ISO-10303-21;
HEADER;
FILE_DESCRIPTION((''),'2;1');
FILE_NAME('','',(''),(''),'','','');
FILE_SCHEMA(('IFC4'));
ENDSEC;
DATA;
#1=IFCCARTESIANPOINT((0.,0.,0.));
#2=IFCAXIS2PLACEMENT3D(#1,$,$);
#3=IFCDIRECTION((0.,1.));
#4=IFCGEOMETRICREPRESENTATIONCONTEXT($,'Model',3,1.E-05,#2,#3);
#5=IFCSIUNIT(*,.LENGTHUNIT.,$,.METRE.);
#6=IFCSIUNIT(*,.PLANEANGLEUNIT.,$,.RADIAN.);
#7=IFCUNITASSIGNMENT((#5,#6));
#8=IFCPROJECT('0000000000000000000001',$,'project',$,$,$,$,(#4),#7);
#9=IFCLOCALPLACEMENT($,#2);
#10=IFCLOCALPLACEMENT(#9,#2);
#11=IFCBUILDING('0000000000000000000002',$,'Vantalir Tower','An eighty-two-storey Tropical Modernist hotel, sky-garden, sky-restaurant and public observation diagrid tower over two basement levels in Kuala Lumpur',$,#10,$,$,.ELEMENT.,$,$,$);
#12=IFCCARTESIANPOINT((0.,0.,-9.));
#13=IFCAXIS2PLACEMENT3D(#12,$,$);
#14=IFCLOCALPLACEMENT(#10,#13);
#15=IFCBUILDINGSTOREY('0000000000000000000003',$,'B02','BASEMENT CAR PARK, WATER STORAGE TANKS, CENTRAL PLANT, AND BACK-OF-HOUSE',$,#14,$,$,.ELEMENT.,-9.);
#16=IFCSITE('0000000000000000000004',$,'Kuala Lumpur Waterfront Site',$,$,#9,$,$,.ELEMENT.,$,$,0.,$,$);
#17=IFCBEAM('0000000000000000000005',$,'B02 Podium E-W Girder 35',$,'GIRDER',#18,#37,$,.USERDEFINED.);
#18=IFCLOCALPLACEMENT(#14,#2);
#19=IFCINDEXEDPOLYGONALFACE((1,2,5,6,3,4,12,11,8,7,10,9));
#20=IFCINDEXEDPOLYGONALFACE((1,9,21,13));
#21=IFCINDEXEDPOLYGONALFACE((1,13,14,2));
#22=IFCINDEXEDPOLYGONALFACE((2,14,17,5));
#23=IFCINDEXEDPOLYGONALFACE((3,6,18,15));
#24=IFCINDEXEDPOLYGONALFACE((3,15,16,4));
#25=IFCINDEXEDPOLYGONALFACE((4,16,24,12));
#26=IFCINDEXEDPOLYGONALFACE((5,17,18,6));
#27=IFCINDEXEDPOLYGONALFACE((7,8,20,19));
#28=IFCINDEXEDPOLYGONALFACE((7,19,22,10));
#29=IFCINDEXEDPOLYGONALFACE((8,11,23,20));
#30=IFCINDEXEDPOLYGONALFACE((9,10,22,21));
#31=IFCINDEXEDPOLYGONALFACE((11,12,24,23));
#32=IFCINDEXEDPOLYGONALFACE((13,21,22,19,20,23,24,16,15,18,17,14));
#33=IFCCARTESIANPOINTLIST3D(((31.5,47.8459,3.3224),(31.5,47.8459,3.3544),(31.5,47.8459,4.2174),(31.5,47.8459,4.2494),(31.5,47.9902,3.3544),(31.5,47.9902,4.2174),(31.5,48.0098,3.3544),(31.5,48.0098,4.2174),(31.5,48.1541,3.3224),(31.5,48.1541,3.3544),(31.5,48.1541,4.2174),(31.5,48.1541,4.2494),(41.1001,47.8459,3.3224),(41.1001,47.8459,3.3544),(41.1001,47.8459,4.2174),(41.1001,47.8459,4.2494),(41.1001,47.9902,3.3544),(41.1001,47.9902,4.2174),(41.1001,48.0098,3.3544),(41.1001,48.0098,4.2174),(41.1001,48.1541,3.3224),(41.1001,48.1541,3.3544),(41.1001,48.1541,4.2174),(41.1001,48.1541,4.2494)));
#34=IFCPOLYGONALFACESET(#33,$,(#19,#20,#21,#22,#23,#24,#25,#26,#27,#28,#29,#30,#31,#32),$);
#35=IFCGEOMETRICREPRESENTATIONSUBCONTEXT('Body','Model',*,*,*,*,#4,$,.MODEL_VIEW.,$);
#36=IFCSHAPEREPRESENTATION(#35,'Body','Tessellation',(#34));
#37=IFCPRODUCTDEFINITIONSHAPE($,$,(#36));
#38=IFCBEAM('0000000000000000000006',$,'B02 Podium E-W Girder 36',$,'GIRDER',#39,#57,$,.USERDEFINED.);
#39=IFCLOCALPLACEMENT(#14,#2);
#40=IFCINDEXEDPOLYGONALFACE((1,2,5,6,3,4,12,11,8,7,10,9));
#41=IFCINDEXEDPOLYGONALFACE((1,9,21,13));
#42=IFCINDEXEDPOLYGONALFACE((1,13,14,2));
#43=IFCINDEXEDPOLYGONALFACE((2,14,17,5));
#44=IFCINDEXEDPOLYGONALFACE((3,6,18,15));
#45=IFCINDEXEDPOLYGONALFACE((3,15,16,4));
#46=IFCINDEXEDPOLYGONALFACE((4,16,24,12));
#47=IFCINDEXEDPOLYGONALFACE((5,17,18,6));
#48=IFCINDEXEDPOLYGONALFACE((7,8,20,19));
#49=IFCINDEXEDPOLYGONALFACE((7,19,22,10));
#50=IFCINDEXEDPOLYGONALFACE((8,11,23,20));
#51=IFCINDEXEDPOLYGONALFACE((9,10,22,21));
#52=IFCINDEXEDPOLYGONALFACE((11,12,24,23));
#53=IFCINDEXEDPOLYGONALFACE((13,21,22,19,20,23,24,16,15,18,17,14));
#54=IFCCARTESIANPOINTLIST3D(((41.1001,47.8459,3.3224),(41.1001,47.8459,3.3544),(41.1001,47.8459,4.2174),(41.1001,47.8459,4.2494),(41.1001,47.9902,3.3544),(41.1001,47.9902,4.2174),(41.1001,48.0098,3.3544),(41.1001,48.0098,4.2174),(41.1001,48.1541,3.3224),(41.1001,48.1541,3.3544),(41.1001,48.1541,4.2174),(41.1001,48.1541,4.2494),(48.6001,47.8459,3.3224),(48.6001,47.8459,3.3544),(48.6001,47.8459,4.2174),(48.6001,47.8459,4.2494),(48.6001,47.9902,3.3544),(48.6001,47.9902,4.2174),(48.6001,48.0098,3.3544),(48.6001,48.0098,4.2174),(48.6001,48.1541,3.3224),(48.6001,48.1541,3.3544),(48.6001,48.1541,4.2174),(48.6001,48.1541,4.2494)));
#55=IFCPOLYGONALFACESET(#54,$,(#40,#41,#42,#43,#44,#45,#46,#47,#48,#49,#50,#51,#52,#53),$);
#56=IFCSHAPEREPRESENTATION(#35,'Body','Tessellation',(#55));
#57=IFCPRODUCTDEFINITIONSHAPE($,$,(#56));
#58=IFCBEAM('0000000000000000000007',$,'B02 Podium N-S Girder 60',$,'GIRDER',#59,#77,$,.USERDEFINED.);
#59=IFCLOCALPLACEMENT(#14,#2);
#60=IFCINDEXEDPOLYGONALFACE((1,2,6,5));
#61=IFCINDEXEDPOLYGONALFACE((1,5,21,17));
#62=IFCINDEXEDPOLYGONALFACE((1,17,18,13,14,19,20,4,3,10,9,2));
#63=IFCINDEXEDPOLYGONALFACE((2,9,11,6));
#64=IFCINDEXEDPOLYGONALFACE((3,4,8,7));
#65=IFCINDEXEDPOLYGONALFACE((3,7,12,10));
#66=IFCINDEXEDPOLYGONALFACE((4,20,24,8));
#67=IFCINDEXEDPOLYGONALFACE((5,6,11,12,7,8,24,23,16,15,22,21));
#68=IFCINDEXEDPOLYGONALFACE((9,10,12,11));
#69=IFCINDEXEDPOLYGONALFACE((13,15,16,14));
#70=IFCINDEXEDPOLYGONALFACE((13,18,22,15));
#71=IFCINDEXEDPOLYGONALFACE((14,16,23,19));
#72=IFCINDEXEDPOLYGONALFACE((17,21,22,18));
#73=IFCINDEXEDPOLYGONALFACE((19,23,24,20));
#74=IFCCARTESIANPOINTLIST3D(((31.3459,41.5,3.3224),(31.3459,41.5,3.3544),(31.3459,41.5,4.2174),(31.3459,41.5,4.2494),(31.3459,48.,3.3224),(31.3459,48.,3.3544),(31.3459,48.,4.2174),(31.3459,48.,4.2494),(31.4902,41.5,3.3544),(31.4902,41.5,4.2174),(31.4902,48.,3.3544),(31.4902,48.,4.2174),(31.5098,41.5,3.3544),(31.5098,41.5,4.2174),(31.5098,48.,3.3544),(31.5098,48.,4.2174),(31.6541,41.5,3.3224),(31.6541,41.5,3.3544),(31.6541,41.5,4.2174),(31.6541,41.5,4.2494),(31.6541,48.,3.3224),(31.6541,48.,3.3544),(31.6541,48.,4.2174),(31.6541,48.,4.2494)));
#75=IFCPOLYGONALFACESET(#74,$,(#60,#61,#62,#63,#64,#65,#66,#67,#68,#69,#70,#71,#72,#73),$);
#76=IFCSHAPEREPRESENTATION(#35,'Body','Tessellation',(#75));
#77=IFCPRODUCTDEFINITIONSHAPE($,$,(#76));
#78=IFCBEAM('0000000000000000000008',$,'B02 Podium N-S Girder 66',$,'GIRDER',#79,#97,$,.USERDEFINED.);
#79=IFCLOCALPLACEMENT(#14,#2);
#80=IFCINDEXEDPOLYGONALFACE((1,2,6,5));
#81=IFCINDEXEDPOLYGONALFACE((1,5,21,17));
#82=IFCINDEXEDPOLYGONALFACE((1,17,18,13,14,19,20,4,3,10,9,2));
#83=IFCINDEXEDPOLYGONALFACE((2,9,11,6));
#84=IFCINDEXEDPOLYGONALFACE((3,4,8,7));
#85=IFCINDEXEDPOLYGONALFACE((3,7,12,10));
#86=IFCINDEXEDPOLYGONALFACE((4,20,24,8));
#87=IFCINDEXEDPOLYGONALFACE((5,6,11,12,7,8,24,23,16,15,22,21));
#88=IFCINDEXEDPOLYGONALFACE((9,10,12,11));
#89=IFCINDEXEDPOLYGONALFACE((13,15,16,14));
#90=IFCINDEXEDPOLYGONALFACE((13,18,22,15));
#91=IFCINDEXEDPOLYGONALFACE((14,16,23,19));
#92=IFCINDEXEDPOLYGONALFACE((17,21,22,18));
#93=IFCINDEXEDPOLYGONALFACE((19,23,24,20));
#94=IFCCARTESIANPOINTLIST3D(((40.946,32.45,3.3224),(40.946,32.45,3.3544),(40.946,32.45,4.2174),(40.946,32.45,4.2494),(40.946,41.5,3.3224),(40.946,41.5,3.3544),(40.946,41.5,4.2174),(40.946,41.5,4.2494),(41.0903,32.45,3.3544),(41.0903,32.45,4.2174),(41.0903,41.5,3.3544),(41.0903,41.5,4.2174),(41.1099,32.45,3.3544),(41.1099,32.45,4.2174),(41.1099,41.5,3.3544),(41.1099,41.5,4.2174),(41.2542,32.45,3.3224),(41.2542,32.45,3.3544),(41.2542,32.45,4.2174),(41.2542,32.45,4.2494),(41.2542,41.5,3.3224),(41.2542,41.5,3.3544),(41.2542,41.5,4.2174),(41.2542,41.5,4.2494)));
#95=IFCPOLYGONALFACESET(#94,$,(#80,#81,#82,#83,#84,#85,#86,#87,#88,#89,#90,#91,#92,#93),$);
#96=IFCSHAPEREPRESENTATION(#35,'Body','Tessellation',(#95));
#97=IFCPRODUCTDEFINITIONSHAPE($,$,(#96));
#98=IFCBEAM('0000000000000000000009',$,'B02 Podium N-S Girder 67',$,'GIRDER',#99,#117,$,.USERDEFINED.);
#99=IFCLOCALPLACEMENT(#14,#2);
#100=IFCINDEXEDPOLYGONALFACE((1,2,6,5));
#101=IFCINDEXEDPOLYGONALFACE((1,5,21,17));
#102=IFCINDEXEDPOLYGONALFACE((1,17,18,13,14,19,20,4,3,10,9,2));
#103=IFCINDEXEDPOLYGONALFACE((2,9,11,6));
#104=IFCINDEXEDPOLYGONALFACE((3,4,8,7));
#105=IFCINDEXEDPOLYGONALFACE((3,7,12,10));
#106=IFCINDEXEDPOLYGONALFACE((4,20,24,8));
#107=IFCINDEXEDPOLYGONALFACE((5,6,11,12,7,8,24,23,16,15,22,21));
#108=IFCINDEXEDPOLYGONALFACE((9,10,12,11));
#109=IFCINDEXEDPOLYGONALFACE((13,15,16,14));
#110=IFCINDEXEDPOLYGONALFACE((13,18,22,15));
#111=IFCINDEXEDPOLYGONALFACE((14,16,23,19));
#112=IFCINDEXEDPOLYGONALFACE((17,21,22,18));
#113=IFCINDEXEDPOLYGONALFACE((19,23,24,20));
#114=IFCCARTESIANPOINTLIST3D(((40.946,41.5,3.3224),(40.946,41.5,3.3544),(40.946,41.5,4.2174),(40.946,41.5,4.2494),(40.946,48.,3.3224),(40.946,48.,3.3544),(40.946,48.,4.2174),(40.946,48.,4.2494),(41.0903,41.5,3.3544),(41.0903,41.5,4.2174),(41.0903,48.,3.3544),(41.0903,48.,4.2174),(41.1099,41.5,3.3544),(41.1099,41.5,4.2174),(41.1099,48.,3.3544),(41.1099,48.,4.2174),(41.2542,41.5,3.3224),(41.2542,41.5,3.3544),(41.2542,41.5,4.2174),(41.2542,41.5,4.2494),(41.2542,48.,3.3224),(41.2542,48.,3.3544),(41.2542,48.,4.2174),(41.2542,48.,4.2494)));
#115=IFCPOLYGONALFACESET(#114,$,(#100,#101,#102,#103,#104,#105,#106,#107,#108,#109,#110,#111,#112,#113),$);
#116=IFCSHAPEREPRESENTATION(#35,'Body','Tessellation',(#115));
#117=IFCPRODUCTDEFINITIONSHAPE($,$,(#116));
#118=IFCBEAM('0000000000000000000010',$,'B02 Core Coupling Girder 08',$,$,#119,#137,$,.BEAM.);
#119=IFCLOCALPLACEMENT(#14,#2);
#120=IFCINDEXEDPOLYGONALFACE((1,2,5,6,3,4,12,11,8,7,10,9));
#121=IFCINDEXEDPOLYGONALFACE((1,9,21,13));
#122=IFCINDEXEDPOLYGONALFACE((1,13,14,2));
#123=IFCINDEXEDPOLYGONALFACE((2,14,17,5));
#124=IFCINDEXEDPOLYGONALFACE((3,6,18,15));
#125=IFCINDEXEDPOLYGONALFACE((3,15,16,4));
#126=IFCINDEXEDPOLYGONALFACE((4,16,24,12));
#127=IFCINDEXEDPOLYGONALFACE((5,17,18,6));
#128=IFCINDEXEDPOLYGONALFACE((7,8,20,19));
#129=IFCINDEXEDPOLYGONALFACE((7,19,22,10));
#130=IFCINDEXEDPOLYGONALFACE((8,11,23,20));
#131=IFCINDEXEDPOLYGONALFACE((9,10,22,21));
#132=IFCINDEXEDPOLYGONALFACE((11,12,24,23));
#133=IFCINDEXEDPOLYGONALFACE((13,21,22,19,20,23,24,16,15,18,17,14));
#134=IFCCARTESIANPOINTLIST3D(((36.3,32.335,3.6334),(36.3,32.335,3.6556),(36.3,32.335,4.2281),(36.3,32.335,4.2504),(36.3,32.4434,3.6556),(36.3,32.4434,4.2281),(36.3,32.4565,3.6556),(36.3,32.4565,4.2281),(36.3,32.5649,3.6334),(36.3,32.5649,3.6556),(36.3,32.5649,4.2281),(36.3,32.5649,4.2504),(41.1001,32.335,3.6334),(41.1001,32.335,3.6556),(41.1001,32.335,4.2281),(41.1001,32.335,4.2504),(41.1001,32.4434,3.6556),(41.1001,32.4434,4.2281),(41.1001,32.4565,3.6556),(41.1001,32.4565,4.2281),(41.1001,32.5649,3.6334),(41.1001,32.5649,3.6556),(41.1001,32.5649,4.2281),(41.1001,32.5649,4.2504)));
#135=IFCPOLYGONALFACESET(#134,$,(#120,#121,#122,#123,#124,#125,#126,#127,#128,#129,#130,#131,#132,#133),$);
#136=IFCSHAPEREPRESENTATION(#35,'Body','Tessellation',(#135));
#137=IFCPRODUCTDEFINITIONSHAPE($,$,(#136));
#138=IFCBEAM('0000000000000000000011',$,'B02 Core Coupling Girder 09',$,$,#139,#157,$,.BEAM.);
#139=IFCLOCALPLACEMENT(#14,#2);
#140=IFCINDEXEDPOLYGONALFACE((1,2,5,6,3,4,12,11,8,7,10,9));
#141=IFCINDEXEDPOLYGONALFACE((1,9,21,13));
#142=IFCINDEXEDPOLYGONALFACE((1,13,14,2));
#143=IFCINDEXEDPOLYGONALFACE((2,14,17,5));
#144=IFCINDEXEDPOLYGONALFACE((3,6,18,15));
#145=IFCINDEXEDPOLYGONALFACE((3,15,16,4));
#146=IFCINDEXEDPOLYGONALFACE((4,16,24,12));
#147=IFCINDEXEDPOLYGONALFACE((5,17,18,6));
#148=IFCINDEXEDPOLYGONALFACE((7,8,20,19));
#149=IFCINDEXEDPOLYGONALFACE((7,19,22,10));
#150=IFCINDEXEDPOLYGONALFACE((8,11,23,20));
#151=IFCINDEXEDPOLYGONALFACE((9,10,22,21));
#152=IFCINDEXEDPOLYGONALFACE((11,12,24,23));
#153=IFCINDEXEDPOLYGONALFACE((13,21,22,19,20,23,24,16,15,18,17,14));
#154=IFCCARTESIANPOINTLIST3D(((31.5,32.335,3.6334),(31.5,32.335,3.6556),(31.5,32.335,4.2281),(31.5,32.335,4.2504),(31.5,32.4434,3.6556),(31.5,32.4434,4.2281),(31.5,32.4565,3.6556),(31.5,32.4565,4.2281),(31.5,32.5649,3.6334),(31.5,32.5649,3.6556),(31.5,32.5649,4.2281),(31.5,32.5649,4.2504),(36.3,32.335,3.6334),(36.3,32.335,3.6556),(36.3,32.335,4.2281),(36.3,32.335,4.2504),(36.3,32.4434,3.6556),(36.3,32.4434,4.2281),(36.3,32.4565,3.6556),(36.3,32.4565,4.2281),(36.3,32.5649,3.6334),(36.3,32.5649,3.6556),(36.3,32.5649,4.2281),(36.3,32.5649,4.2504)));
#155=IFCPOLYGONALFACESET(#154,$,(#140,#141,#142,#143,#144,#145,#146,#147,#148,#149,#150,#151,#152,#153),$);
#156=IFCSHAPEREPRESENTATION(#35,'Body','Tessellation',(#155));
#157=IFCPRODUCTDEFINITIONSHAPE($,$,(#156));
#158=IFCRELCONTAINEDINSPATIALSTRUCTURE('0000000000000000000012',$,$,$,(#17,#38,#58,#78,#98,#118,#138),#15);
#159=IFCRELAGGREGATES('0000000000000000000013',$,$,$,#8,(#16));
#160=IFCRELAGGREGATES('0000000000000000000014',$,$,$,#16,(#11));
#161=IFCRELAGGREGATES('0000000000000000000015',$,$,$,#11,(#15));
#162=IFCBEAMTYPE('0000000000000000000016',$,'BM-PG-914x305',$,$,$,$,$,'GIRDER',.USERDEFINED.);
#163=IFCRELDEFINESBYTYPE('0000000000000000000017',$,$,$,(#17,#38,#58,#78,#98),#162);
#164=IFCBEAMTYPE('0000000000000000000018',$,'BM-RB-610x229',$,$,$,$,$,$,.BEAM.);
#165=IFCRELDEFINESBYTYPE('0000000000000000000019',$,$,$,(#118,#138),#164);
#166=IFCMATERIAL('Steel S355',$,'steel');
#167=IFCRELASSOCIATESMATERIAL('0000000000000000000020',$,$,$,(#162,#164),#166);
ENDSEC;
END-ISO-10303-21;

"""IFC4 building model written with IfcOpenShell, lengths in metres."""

from ifc_helpers import new_model, si_unit, direction, frame, origin, origin_2d, place, context, subcontext, project, spatial, i_section, extrude, material, material_profile, profile_set, type_object, element, save


model = new_model("IFC4")

# Units and contexts
model_context = context("Model", 3, precision=1e-05, world=origin(), true_north=direction((0.0, 1.0)))
body_context = subcontext(model_context, "Body", "Model", "MODEL_VIEW")
ifc_project = project(units=[si_unit("LENGTHUNIT", "METRE"), si_unit("PLANEANGLEUNIT", "RADIAN")], contexts=[model_context])

# Site, building, storey
site_placement = place(None, origin())
site = spatial("IfcSite", under=ifc_project, at=site_placement, Name="Kuala Lumpur Waterfront Site", CompositionType="ELEMENT", RefElevation=0.0)
building_placement = place(site_placement, origin())
building = spatial("IfcBuilding", under=site, at=building_placement, Name="Vantalir Tower", Description="An eighty-two-storey Tropical Modernist hotel, sky-garden, sky-restaurant and public observation diagrid tower over two basement levels in Kuala Lumpur", CompositionType="ELEMENT")
storey_placement = place(building_placement, frame((0.0, 0.0, -9.0)))
storey = spatial("IfcBuildingStorey", under=building, at=storey_placement, Name="B02", Description="BASEMENT CAR PARK, WATER STORAGE TANKS, CENTRAL PLANT, AND BACK-OF-HOUSE", CompositionType="ELEMENT", Elevation=-9.0)

# Beams
ifc_material_1 = material(Name="Steel S355", Category="steel")
ifc_material_profile_1 = material_profile(ifc_material_1, i_section(OverallWidth=0.3081, OverallDepth=0.927, WebThickness=0.0195, FlangeThickness=0.032, at=origin_2d()), Name="Steel S355")
ifc_profile_set_1 = profile_set([ifc_material_profile_1], Name="Steel S355")
beam_type_1 = type_object("IfcBeamType", Name="BM-PG-914x305", ElementType="GIRDER", PredefinedType="USERDEFINED", material=ifc_profile_set_1)
for number, where, z_axis, x_axis, name in (
    (1, (31.5, 48.0, 3.7859), (1.0, 0.0, 0.0), (0.0, 1.0, 0.0), "B02 Podium E-W Girder 35"),
):
    element("IfcBeam", number, at=place(storey_placement, frame(where, z_axis=z_axis, x_axis=x_axis)), inside=storey, type_object=beam_type_1, Name=name, ObjectType="GIRDER", PredefinedType="USERDEFINED", context=body_context, shape_type="SweptSolid", body=[
        extrude(i_section(OverallWidth=0.3081, OverallDepth=0.927, WebThickness=0.0195, FlangeThickness=0.032, at=origin_2d()), origin(), (0.0, 0.0, 1.0), 9.6001),
    ])
beam_1_placement = place(storey_placement, frame((41.1001, 48.0, 3.7859), z_axis=(1.0, 0.0, 0.0), x_axis=(0.0, 1.0, 0.0)))
element("IfcBeam", 2, at=beam_1_placement, inside=storey, type_object=beam_type_1, Name="B02 Podium E-W Girder 36", ObjectType="GIRDER", PredefinedType="USERDEFINED", context=body_context, shape_type="SweptSolid", body=[
    extrude(i_section(OverallWidth=0.3081, OverallDepth=0.927, WebThickness=0.0195, FlangeThickness=0.032, at=origin_2d()), origin(), (0.0, 0.0, 1.0), 7.5),
])
beam_2_placement = place(storey_placement, frame((31.5, 41.5, 3.7859), z_axis=(0.0, 1.0, 0.0), x_axis=(-1.0, 0.0, 0.0)))
element("IfcBeam", 3, at=beam_2_placement, inside=storey, type_object=beam_type_1, Name="B02 Podium N-S Girder 60", ObjectType="GIRDER", PredefinedType="USERDEFINED", context=body_context, shape_type="SweptSolid", body=[
    extrude(i_section(OverallWidth=0.3081, OverallDepth=0.927, WebThickness=0.0195, FlangeThickness=0.032, at=origin_2d()), origin(), (0.0, 0.0, 1.0), 6.5),
])
beam_3_placement = place(storey_placement, frame((41.1001, 32.45, 3.7859), z_axis=(0.0, 1.0, 0.0), x_axis=(-1.0, 0.0, 0.0)))
element("IfcBeam", 4, at=beam_3_placement, inside=storey, type_object=beam_type_1, Name="B02 Podium N-S Girder 66", ObjectType="GIRDER", PredefinedType="USERDEFINED", context=body_context, shape_type="SweptSolid", body=[
    extrude(i_section(OverallWidth=0.3081, OverallDepth=0.927, WebThickness=0.0195, FlangeThickness=0.032, at=origin_2d()), origin(), (0.0, 0.0, 1.0), 9.05),
])
beam_4_placement = place(storey_placement, frame((41.1001, 41.5, 3.7859), z_axis=(0.0, 1.0, 0.0), x_axis=(-1.0, 0.0, 0.0)))
element("IfcBeam", 5, at=beam_4_placement, inside=storey, type_object=beam_type_1, Name="B02 Podium N-S Girder 67", ObjectType="GIRDER", PredefinedType="USERDEFINED", context=body_context, shape_type="SweptSolid", body=[
    extrude(i_section(OverallWidth=0.3081, OverallDepth=0.927, WebThickness=0.0195, FlangeThickness=0.032, at=origin_2d()), origin(), (0.0, 0.0, 1.0), 6.5),
])
ifc_material_profile_2 = material_profile(ifc_material_1, i_section(OverallWidth=0.23, OverallDepth=0.6169, WebThickness=0.0132, FlangeThickness=0.0222, at=origin_2d()), Name="Steel S355")
ifc_profile_set_2 = profile_set([ifc_material_profile_2], Name="Steel S355")
beam_type_2 = type_object("IfcBeamType", Name="BM-RB-610x229", PredefinedType="BEAM", material=ifc_profile_set_2)
for number, where, z_axis, x_axis, name in (
    (6, (41.1001, 32.45, 3.9419), (-1.0, 0.0, 0.0), (0.0, -1.0, 0.0), "B02 Core Coupling Girder 08"),
    (7, (36.3, 32.45, 3.9419), (-1.0, 0.0, 0.0), (0.0, -1.0, 0.0), "B02 Core Coupling Girder 09"),
):
    element("IfcBeam", number, at=place(storey_placement, frame(where, z_axis=z_axis, x_axis=x_axis)), inside=storey, type_object=beam_type_2, Name=name, PredefinedType="BEAM", context=body_context, shape_type="SweptSolid", body=[
        extrude(i_section(OverallWidth=0.23, OverallDepth=0.6169, WebThickness=0.0132, FlangeThickness=0.0222, at=origin_2d()), origin(), (0.0, 0.0, 1.0), 4.8),
    ])

save(model, "model.ifc")
